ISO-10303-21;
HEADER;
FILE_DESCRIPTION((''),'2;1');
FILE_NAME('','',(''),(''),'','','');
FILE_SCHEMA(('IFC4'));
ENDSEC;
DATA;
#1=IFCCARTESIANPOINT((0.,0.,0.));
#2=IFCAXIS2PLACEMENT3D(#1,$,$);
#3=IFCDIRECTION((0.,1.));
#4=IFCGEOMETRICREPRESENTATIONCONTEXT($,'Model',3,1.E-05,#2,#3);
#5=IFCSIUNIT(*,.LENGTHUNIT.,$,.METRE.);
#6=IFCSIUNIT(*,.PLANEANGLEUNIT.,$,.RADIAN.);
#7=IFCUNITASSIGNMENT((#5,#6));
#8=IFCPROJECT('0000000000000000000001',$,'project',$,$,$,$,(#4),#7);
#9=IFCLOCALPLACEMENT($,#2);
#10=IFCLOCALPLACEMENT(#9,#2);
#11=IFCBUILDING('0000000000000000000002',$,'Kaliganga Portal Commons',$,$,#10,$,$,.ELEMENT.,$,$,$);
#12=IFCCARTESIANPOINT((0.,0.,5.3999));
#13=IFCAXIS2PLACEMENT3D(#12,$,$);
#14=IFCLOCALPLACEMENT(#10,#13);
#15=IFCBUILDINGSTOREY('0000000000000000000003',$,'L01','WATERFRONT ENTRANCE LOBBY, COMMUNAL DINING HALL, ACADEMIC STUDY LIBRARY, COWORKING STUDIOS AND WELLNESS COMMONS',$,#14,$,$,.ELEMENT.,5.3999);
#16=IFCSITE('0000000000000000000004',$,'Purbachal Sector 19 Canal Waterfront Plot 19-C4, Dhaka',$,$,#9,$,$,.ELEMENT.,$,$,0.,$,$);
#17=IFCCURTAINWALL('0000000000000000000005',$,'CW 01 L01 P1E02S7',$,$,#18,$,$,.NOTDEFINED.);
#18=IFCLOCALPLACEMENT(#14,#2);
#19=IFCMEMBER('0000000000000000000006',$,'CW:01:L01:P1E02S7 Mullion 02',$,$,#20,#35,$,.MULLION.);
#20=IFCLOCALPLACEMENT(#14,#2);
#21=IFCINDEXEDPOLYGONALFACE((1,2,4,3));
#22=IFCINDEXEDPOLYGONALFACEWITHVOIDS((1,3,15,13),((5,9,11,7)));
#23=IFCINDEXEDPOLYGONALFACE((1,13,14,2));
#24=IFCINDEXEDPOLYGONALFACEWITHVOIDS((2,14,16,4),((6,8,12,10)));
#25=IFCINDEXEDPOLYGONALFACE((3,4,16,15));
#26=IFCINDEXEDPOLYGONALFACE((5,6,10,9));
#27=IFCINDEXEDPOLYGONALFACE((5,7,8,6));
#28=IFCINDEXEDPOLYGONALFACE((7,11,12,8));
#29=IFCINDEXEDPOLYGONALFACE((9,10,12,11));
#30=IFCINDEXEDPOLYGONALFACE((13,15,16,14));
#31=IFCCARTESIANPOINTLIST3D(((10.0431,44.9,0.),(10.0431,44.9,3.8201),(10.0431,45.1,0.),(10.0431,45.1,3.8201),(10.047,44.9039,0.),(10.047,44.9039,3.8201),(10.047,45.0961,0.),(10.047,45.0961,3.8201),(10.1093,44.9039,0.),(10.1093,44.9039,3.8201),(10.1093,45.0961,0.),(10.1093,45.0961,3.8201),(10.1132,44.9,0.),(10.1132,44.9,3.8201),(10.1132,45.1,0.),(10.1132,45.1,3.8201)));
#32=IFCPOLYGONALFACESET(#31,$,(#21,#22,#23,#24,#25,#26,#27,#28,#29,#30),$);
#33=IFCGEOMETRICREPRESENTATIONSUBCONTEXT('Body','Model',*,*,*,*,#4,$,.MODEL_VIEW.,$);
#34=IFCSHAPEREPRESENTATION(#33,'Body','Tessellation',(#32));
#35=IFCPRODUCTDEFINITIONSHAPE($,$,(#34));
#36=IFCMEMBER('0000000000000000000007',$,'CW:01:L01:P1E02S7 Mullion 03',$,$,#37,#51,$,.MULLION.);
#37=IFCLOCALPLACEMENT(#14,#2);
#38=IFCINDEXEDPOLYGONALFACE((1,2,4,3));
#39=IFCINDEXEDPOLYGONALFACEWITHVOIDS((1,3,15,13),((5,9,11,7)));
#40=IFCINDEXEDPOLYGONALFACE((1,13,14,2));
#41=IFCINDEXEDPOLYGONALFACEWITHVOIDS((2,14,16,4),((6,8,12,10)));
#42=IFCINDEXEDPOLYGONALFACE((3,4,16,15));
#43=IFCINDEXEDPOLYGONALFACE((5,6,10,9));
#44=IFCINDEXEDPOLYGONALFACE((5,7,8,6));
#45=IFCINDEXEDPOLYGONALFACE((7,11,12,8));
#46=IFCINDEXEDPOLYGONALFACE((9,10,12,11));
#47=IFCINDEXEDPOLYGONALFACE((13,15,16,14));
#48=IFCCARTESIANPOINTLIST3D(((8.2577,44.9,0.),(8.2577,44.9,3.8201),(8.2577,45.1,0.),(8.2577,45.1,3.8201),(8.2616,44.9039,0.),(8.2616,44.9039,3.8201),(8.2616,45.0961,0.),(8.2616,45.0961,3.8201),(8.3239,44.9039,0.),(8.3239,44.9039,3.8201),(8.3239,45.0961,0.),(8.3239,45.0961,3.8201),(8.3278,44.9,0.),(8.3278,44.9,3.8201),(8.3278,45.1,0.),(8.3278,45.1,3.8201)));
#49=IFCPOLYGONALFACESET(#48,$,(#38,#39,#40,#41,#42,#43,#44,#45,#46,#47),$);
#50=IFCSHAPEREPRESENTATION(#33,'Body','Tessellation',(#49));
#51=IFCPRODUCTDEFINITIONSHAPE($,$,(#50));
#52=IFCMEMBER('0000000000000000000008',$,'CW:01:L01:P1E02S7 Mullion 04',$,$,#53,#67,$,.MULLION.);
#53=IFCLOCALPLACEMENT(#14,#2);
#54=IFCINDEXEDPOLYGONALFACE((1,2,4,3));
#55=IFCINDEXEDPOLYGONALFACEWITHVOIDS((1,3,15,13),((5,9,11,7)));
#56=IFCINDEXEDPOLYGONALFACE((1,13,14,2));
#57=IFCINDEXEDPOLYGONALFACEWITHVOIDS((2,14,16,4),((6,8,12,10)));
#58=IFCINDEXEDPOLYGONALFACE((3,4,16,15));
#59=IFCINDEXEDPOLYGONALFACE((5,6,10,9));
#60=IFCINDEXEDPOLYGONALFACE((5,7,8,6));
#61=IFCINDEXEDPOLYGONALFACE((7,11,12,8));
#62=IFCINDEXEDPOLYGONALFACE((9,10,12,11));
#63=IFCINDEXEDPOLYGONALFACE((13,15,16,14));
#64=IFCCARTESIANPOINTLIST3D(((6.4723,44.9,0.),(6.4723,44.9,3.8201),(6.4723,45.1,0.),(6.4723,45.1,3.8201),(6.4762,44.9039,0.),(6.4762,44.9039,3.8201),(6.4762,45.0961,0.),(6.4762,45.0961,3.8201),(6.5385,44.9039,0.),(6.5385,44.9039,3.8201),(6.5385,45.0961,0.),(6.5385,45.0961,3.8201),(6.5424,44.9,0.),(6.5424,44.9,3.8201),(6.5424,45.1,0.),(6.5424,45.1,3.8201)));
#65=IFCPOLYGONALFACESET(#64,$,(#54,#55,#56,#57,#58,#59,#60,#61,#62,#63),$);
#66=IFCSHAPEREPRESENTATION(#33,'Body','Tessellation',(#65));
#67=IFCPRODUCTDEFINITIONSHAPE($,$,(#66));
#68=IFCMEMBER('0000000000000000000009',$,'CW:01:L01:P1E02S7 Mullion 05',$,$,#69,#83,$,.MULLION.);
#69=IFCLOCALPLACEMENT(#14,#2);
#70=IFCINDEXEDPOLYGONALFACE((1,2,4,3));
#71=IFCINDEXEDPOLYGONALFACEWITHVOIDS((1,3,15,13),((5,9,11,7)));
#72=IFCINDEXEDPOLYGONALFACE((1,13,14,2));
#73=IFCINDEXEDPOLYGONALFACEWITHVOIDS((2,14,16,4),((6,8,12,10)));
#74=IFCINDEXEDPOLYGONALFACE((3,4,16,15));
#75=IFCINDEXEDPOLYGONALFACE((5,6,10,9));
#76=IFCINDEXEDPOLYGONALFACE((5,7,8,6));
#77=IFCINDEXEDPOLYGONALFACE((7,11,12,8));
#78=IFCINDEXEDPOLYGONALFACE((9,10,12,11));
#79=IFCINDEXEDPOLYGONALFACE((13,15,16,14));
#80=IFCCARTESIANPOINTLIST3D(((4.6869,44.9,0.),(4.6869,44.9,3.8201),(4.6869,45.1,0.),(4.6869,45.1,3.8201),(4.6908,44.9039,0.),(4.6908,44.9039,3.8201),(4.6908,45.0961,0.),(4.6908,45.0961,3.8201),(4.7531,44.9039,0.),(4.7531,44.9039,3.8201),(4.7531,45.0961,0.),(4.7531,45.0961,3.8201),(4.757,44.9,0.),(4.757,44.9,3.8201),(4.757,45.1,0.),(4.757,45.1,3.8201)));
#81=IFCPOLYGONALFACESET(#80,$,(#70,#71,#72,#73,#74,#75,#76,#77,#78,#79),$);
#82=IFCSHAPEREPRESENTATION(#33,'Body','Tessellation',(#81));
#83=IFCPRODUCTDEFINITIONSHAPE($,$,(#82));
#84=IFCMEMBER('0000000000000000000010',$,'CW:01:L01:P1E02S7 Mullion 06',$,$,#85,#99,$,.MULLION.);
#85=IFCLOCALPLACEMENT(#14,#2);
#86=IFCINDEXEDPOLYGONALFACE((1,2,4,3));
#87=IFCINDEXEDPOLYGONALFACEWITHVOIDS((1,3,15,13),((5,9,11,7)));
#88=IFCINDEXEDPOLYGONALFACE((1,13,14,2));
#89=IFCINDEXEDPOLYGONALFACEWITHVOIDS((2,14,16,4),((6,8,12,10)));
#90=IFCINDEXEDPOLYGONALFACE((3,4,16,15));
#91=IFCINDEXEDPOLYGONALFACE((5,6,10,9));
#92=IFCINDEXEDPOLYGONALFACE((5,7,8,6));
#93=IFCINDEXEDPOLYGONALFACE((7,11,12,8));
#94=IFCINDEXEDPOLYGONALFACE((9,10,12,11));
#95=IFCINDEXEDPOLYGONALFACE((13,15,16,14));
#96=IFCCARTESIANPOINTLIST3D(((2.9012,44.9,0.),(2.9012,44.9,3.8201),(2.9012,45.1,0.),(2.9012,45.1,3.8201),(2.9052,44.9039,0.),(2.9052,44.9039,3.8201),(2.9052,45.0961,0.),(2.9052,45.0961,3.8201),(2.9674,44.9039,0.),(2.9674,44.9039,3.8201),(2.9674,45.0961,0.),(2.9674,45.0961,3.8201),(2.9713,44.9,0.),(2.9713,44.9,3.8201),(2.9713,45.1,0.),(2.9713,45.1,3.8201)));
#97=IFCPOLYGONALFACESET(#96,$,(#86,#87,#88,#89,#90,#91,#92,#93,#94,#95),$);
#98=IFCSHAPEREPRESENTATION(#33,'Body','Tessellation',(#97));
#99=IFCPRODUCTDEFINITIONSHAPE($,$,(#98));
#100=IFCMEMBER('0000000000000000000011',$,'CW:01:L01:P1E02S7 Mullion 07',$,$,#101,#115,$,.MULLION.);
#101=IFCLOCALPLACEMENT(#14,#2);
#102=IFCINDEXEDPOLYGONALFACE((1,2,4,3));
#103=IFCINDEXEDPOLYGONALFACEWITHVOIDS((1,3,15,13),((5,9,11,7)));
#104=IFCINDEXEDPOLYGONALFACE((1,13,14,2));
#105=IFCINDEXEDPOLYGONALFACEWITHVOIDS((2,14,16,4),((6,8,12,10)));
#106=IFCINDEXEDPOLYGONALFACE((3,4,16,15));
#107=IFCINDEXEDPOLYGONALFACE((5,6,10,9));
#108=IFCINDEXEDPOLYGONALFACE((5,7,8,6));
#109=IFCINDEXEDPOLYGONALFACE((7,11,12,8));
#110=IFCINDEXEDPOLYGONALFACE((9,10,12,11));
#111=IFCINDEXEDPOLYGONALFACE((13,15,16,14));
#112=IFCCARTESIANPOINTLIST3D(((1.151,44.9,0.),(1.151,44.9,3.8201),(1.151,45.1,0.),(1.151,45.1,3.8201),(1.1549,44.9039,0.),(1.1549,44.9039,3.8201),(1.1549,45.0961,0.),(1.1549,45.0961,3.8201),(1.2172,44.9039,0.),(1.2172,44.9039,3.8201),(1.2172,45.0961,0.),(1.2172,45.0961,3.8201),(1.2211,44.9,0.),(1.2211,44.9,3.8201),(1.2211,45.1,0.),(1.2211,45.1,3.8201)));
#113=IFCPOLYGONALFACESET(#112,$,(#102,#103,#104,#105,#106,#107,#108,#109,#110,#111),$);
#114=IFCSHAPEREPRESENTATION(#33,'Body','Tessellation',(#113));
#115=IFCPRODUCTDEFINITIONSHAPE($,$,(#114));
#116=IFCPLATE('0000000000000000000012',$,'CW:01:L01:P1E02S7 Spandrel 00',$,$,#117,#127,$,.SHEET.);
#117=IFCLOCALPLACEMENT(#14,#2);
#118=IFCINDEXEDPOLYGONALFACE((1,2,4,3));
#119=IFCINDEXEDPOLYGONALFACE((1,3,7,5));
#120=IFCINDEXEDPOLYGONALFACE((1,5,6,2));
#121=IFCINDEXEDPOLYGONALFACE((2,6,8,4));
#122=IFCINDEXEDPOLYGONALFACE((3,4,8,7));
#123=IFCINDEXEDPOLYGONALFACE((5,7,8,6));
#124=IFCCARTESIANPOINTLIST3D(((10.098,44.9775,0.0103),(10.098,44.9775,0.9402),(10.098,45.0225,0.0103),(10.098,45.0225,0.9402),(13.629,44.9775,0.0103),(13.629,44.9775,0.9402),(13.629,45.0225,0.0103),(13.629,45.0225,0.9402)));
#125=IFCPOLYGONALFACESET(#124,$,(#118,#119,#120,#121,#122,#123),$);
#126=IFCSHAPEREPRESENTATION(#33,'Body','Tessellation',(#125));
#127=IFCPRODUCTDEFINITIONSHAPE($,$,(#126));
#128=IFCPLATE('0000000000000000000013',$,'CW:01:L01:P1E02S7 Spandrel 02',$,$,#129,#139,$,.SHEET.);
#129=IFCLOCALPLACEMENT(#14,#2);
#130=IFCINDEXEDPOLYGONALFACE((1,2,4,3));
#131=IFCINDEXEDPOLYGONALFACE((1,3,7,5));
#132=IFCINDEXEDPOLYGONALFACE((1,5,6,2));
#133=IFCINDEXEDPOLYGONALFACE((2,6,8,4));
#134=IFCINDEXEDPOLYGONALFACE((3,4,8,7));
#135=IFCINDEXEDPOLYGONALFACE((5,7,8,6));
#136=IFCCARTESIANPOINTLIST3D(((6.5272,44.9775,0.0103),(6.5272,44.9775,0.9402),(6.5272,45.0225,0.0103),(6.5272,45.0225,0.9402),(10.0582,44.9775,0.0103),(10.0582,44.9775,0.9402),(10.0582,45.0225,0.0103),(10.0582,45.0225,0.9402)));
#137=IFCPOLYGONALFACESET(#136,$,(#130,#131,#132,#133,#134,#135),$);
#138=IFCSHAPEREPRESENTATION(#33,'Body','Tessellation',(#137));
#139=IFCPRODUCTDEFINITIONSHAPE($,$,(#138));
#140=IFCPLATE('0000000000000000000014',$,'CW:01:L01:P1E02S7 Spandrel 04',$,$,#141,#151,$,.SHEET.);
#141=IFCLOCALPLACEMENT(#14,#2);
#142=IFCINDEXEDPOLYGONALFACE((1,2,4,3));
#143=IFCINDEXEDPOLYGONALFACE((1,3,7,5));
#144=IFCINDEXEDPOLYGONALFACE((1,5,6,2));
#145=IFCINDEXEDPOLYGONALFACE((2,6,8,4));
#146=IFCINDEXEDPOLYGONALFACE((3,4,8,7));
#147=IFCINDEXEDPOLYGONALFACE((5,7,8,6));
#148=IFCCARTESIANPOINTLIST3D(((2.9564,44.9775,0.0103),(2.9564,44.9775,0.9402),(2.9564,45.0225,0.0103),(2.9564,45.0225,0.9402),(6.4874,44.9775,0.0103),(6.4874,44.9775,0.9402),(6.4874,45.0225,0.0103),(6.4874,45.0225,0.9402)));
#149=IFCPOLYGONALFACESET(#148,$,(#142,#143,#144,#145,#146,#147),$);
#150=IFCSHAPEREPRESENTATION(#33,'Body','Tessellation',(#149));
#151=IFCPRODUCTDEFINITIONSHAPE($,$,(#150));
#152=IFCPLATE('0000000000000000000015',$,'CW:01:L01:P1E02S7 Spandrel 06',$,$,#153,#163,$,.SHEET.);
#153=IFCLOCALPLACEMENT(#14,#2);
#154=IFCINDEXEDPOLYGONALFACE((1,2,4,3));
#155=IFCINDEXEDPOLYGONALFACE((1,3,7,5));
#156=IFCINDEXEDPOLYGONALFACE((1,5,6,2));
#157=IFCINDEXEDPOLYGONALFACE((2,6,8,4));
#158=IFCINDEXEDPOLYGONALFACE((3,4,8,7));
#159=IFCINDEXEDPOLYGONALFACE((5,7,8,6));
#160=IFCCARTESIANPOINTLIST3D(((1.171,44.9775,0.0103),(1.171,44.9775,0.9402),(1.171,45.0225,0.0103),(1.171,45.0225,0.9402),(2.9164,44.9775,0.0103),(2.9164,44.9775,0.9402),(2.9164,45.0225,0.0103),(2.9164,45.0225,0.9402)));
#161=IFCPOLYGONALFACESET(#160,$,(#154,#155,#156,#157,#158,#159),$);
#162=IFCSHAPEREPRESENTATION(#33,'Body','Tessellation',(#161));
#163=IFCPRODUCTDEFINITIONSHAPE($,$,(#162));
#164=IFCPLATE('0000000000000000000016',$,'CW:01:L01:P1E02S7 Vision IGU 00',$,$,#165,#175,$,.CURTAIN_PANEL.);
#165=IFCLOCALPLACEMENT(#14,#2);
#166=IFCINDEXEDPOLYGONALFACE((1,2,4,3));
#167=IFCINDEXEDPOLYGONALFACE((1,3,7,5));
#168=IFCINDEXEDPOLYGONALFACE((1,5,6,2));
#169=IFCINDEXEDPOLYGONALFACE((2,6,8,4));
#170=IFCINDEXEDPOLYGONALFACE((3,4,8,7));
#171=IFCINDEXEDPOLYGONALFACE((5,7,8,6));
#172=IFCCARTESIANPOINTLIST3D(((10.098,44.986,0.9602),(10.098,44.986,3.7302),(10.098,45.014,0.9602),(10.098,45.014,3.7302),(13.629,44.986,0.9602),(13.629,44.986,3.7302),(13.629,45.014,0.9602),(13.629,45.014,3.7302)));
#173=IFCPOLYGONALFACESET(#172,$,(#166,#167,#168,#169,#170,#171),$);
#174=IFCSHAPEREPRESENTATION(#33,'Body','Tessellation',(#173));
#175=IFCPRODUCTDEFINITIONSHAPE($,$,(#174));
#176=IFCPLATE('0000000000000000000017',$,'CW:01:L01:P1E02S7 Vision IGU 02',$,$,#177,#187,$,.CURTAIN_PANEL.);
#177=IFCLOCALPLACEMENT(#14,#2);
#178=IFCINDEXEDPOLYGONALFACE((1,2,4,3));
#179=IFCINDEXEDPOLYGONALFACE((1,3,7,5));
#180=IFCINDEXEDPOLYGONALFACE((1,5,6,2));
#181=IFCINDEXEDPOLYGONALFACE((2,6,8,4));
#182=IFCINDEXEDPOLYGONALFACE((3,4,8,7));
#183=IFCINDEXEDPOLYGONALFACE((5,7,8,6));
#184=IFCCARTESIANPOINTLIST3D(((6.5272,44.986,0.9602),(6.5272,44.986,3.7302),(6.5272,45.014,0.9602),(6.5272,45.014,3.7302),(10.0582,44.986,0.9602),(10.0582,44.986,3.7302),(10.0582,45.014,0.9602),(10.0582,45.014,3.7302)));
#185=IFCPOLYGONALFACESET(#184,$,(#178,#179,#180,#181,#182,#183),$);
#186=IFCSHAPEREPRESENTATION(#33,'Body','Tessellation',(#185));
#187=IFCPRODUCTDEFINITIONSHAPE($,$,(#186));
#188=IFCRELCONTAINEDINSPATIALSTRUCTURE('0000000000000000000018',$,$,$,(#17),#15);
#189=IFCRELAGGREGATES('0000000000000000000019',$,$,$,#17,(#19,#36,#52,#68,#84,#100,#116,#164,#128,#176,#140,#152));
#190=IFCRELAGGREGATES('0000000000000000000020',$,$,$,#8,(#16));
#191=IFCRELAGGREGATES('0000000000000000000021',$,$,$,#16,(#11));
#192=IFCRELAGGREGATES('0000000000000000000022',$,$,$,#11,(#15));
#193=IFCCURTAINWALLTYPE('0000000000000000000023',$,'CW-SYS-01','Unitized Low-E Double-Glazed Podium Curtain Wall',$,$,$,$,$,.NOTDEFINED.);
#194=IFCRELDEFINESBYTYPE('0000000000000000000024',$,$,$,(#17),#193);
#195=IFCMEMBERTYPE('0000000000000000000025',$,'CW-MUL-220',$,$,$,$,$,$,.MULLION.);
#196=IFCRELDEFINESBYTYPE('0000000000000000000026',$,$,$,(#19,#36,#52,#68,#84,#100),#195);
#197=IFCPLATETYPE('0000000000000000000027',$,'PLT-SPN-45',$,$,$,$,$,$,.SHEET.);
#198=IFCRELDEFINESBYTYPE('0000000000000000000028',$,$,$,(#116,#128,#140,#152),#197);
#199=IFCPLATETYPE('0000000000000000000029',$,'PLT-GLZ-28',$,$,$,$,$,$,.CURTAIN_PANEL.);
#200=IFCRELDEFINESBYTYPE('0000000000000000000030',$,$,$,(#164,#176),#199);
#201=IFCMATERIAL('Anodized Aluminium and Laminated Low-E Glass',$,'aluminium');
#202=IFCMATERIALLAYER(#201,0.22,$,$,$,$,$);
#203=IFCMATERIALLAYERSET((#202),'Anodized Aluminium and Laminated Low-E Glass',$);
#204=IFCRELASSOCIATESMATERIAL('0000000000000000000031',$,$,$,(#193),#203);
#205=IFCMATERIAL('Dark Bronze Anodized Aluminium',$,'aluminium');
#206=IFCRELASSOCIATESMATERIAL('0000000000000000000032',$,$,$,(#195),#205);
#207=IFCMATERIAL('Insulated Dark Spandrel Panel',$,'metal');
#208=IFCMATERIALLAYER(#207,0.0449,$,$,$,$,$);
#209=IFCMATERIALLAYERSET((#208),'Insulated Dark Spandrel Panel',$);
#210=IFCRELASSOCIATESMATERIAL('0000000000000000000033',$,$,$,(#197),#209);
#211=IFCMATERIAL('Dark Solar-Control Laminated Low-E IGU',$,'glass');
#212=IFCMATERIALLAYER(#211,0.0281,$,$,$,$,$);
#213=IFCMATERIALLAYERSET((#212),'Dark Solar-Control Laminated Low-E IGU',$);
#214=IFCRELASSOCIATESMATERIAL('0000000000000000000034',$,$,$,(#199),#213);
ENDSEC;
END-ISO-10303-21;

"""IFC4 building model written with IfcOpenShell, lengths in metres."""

from ifc_helpers import new_model, si_unit, direction, frame, origin, origin_2d, place, context, subcontext, project, spatial, rectangle, hollow_rectangle, extrude, source, transform, mapped, material, layer, layer_set, material_profile, profile_set, type_object, element, aggregate, save


model = new_model("IFC4")

# Units and contexts
model_context = context("Model", 3, precision=1e-05, world=origin(), true_north=direction((0.0, 1.0)))
body_context = subcontext(model_context, "Body", "Model", "MODEL_VIEW")
ifc_project = project(units=[si_unit("LENGTHUNIT", "METRE"), si_unit("PLANEANGLEUNIT", "RADIAN")], contexts=[model_context])

# Site, building, storey
site_placement = place(None, origin())
site = spatial("IfcSite", under=ifc_project, at=site_placement, Name="Purbachal Sector 19 Canal Waterfront Plot 19-C4, Dhaka", CompositionType="ELEMENT", RefElevation=0.0)
building_placement = place(site_placement, origin())
building = spatial("IfcBuilding", under=site, at=building_placement, Name="Kaliganga Portal Commons", CompositionType="ELEMENT")
storey_placement = place(building_placement, frame((0.0, 0.0, 5.3999)))
storey = spatial("IfcBuildingStorey", under=building, at=storey_placement, Name="L01", Description="WATERFRONT ENTRANCE LOBBY, COMMUNAL DINING HALL, ACADEMIC STUDY LIBRARY, COWORKING STUDIOS AND WELLNESS COMMONS", CompositionType="ELEMENT", Elevation=5.3999)

# Shared definitions
ifc_material_1 = material(Name="Anodized Aluminium and Laminated Low-E Glass", Category="aluminium")
ifc_layer_1 = layer(ifc_material_1, 0.22)
ifc_layer_set_1 = layer_set([ifc_layer_1], Name="Anodized Aluminium and Laminated Low-E Glass")
curtain_wall_type = type_object("IfcCurtainWallType", Name="CW-SYS-01", Description="Unitized Low-E Double-Glazed Podium Curtain Wall", PredefinedType="NOTDEFINED", material=ifc_layer_set_1)
ifc_material_2 = material(Name="Dark Bronze Anodized Aluminium", Category="aluminium")

# Curtain wall, members, plates
curtain_wall_1_placement = place(storey_placement, origin())
curtain_wall_1 = element("IfcCurtainWall", 1, at=curtain_wall_1_placement, inside=storey, type_object=curtain_wall_type, Name="CW 01 L01 P1E02S7", PredefinedType="NOTDEFINED")
ifc_material_profile_1 = material_profile(ifc_material_2, hollow_rectangle(XDim=0.0701, YDim=0.2, WallThickness=0.0039, at=origin_2d()), Name="ALU MULL 70x200x4")
ifc_profile_set_1 = profile_set([ifc_material_profile_1], Name="Dark Bronze Anodized Aluminium")
member_type_1 = type_object("IfcMemberType", Name="CW-MUL-220", PredefinedType="MULLION", material=ifc_profile_set_1)
shared_shape_1 = source(origin(), body_context, "Body", "SweptSolid", [
    extrude(hollow_rectangle(XDim=0.0701, YDim=0.2, WallThickness=0.0039, at=origin_2d()), origin(), (0.0, 0.0, 1.0), 3.8201),
])
member_1_placement = place(storey_placement, frame((10.0781, 45.0, 0.0), z_axis=(0.0, 0.0, 1.0), x_axis=(-1.0, 0.0, 0.0)))
member_1 = element("IfcMember", 2, at=member_1_placement, type_object=member_type_1, Name="CW:01:L01:P1E02S7 Mullion 02", PredefinedType="MULLION", context=body_context, shape_type="MappedRepresentation", body=[
    mapped(shared_shape_1, transform((0.0, 0.0, 0.0), x_axis=(1.0, 0.0, 0.0), y_axis=(0.0, 1.0, 0.0), z_axis=(0.0, 0.0, 1.0), scale=1.0)),
])
member_2_placement = place(storey_placement, frame((8.2927, 45.0, 0.0), z_axis=(0.0, 0.0, 1.0), x_axis=(-1.0, 0.0, 0.0)))
member_2 = element("IfcMember", 3, at=member_2_placement, type_object=member_type_1, Name="CW:01:L01:P1E02S7 Mullion 03", PredefinedType="MULLION", context=body_context, shape_type="MappedRepresentation", body=[
    mapped(shared_shape_1, transform((0.0, 0.0, 0.0), x_axis=(1.0, 0.0, 0.0), y_axis=(0.0, 1.0, 0.0), z_axis=(0.0, 0.0, 1.0), scale=1.0)),
])
member_3_placement = place(storey_placement, frame((6.5073, 45.0, 0.0), z_axis=(0.0, 0.0, 1.0), x_axis=(-1.0, 0.0, 0.0)))
member_3 = element("IfcMember", 4, at=member_3_placement, type_object=member_type_1, Name="CW:01:L01:P1E02S7 Mullion 04", PredefinedType="MULLION", context=body_context, shape_type="MappedRepresentation", body=[
    mapped(shared_shape_1, transform((0.0, 0.0, 0.0), x_axis=(1.0, 0.0, 0.0), y_axis=(0.0, 1.0, 0.0), z_axis=(0.0, 0.0, 1.0), scale=1.0)),
])
member_4_placement = place(storey_placement, frame((4.7219, 45.0, 0.0), z_axis=(0.0, 0.0, 1.0), x_axis=(-1.0, 0.0, 0.0)))
member_4 = element("IfcMember", 5, at=member_4_placement, type_object=member_type_1, Name="CW:01:L01:P1E02S7 Mullion 05", PredefinedType="MULLION", context=body_context, shape_type="MappedRepresentation", body=[
    mapped(shared_shape_1, transform((0.0, 0.0, 0.0), x_axis=(1.0, 0.0, 0.0), y_axis=(0.0, 1.0, 0.0), z_axis=(0.0, 0.0, 1.0), scale=1.0)),
])
member_5_placement = place(storey_placement, frame((2.9363, 45.0, 0.0), z_axis=(0.0, 0.0, 1.0), x_axis=(-1.0, 0.0, 0.0)))
member_5 = element("IfcMember", 6, at=member_5_placement, type_object=member_type_1, Name="CW:01:L01:P1E02S7 Mullion 06", PredefinedType="MULLION", context=body_context, shape_type="MappedRepresentation", body=[
    mapped(shared_shape_1, transform((0.0, 0.0, 0.0), x_axis=(1.0, 0.0, 0.0), y_axis=(0.0, 1.0, 0.0), z_axis=(0.0, 0.0, 1.0), scale=1.0)),
])
member_6_placement = place(storey_placement, frame((1.186, 45.0, 0.0), z_axis=(0.0, 0.0, 1.0), x_axis=(-1.0, 0.0, 0.0)))
member_6 = element("IfcMember", 7, at=member_6_placement, type_object=member_type_1, Name="CW:01:L01:P1E02S7 Mullion 07", PredefinedType="MULLION", context=body_context, shape_type="MappedRepresentation", body=[
    mapped(shared_shape_1, transform((0.0, 0.0, 0.0), x_axis=(1.0, 0.0, 0.0), y_axis=(0.0, 1.0, 0.0), z_axis=(0.0, 0.0, 1.0), scale=1.0)),
])
ifc_material_3 = material(Name="Insulated Dark Spandrel Panel", Category="metal")
ifc_layer_2 = layer(ifc_material_3, 0.0449)
ifc_layer_set_2 = layer_set([ifc_layer_2], Name="Insulated Dark Spandrel Panel")
plate_type_1 = type_object("IfcPlateType", Name="PLT-SPN-45", PredefinedType="SHEET", material=ifc_layer_set_2)
shared_shape_2 = source(origin(), body_context, "Body", "SweptSolid", [
    extrude(rectangle(XDim=3.531, YDim=0.0449, at=origin_2d()), origin(), (0.0, 0.0, 1.0), 0.9299),
])
plate_1_placement = place(storey_placement, frame((11.8635, 45.0, 0.0103), z_axis=(0.0, 0.0, 1.0), x_axis=(-1.0, 0.0, 0.0)))
plate_1 = element("IfcPlate", 8, at=plate_1_placement, type_object=plate_type_1, Name="CW:01:L01:P1E02S7 Spandrel 00", PredefinedType="SHEET", context=body_context, shape_type="MappedRepresentation", body=[
    mapped(shared_shape_2, transform((0.0, 0.0, 0.0), x_axis=(1.0, 0.0, 0.0), y_axis=(0.0, 1.0, 0.0), z_axis=(0.0, 0.0, 1.0), scale=1.0)),
])
plate_2_placement = place(storey_placement, frame((8.2927, 45.0, 0.0103), z_axis=(0.0, 0.0, 1.0), x_axis=(-1.0, 0.0, 0.0)))
plate_2 = element("IfcPlate", 9, at=plate_2_placement, type_object=plate_type_1, Name="CW:01:L01:P1E02S7 Spandrel 02", PredefinedType="SHEET", context=body_context, shape_type="MappedRepresentation", body=[
    mapped(shared_shape_2, transform((0.0, 0.0, 0.0), x_axis=(1.0, 0.0, 0.0), y_axis=(0.0, 1.0, 0.0), z_axis=(0.0, 0.0, 1.0), scale=1.0)),
])
plate_3_placement = place(storey_placement, frame((4.7219, 45.0, 0.0103), z_axis=(0.0, 0.0, 1.0), x_axis=(-1.0, 0.0, 0.0)))
plate_3 = element("IfcPlate", 10, at=plate_3_placement, type_object=plate_type_1, Name="CW:01:L01:P1E02S7 Spandrel 04", PredefinedType="SHEET", context=body_context, shape_type="MappedRepresentation", body=[
    mapped(shared_shape_2, transform((0.0, 0.0, 0.0), x_axis=(1.0, 0.0, 0.0), y_axis=(0.0, 1.0, 0.0), z_axis=(0.0, 0.0, 1.0), scale=1.0)),
])
shared_shape_3 = source(origin(), body_context, "Body", "SweptSolid", [
    extrude(rectangle(XDim=1.7454, YDim=0.0449, at=origin_2d()), origin(), (0.0, 0.0, 1.0), 0.9299),
])
plate_4_placement = place(storey_placement, frame((2.0437, 45.0, 0.0103), z_axis=(0.0, 0.0, 1.0), x_axis=(-1.0, 0.0, 0.0)))
plate_4 = element("IfcPlate", 11, at=plate_4_placement, type_object=plate_type_1, Name="CW:01:L01:P1E02S7 Spandrel 06", PredefinedType="SHEET", context=body_context, shape_type="MappedRepresentation", body=[
    mapped(shared_shape_3, transform((0.0, 0.0, 0.0), x_axis=(1.0, 0.0, 0.0), y_axis=(0.0, 1.0, 0.0), z_axis=(0.0, 0.0, 1.0), scale=1.0)),
])
ifc_material_4 = material(Name="Dark Solar-Control Laminated Low-E IGU", Category="glass")
ifc_layer_3 = layer(ifc_material_4, 0.0281)
ifc_layer_set_3 = layer_set([ifc_layer_3], Name="Dark Solar-Control Laminated Low-E IGU")
plate_type_2 = type_object("IfcPlateType", Name="PLT-GLZ-28", PredefinedType="CURTAIN_PANEL", material=ifc_layer_set_3)
shared_shape_4 = source(origin(), body_context, "Body", "SweptSolid", [
    extrude(rectangle(XDim=3.531, YDim=0.0281, at=origin_2d()), origin(), (0.0, 0.0, 1.0), 2.77),
])
plate_5_placement = place(storey_placement, frame((11.8635, 45.0, 0.9602), z_axis=(0.0, 0.0, 1.0), x_axis=(-1.0, 0.0, 0.0)))
plate_5 = element("IfcPlate", 12, at=plate_5_placement, type_object=plate_type_2, Name="CW:01:L01:P1E02S7 Vision IGU 00", PredefinedType="CURTAIN_PANEL", context=body_context, shape_type="MappedRepresentation", body=[
    mapped(shared_shape_4, transform((0.0, 0.0, 0.0), x_axis=(1.0, 0.0, 0.0), y_axis=(0.0, 1.0, 0.0), z_axis=(0.0, 0.0, 1.0), scale=1.0)),
])
plate_6_placement = place(storey_placement, frame((8.2927, 45.0, 0.9602), z_axis=(0.0, 0.0, 1.0), x_axis=(-1.0, 0.0, 0.0)))
plate_6 = element("IfcPlate", 13, at=plate_6_placement, type_object=plate_type_2, Name="CW:01:L01:P1E02S7 Vision IGU 02", PredefinedType="CURTAIN_PANEL", context=body_context, shape_type="MappedRepresentation", body=[
    mapped(shared_shape_4, transform((0.0, 0.0, 0.0), x_axis=(1.0, 0.0, 0.0), y_axis=(0.0, 1.0, 0.0), z_axis=(0.0, 0.0, 1.0), scale=1.0)),
])
aggregate(curtain_wall_1, [member_1, member_2, member_3, member_4, member_5, member_6, plate_1, plate_5, plate_2, plate_6, plate_3, plate_4])

save(model, "model.ifc")
